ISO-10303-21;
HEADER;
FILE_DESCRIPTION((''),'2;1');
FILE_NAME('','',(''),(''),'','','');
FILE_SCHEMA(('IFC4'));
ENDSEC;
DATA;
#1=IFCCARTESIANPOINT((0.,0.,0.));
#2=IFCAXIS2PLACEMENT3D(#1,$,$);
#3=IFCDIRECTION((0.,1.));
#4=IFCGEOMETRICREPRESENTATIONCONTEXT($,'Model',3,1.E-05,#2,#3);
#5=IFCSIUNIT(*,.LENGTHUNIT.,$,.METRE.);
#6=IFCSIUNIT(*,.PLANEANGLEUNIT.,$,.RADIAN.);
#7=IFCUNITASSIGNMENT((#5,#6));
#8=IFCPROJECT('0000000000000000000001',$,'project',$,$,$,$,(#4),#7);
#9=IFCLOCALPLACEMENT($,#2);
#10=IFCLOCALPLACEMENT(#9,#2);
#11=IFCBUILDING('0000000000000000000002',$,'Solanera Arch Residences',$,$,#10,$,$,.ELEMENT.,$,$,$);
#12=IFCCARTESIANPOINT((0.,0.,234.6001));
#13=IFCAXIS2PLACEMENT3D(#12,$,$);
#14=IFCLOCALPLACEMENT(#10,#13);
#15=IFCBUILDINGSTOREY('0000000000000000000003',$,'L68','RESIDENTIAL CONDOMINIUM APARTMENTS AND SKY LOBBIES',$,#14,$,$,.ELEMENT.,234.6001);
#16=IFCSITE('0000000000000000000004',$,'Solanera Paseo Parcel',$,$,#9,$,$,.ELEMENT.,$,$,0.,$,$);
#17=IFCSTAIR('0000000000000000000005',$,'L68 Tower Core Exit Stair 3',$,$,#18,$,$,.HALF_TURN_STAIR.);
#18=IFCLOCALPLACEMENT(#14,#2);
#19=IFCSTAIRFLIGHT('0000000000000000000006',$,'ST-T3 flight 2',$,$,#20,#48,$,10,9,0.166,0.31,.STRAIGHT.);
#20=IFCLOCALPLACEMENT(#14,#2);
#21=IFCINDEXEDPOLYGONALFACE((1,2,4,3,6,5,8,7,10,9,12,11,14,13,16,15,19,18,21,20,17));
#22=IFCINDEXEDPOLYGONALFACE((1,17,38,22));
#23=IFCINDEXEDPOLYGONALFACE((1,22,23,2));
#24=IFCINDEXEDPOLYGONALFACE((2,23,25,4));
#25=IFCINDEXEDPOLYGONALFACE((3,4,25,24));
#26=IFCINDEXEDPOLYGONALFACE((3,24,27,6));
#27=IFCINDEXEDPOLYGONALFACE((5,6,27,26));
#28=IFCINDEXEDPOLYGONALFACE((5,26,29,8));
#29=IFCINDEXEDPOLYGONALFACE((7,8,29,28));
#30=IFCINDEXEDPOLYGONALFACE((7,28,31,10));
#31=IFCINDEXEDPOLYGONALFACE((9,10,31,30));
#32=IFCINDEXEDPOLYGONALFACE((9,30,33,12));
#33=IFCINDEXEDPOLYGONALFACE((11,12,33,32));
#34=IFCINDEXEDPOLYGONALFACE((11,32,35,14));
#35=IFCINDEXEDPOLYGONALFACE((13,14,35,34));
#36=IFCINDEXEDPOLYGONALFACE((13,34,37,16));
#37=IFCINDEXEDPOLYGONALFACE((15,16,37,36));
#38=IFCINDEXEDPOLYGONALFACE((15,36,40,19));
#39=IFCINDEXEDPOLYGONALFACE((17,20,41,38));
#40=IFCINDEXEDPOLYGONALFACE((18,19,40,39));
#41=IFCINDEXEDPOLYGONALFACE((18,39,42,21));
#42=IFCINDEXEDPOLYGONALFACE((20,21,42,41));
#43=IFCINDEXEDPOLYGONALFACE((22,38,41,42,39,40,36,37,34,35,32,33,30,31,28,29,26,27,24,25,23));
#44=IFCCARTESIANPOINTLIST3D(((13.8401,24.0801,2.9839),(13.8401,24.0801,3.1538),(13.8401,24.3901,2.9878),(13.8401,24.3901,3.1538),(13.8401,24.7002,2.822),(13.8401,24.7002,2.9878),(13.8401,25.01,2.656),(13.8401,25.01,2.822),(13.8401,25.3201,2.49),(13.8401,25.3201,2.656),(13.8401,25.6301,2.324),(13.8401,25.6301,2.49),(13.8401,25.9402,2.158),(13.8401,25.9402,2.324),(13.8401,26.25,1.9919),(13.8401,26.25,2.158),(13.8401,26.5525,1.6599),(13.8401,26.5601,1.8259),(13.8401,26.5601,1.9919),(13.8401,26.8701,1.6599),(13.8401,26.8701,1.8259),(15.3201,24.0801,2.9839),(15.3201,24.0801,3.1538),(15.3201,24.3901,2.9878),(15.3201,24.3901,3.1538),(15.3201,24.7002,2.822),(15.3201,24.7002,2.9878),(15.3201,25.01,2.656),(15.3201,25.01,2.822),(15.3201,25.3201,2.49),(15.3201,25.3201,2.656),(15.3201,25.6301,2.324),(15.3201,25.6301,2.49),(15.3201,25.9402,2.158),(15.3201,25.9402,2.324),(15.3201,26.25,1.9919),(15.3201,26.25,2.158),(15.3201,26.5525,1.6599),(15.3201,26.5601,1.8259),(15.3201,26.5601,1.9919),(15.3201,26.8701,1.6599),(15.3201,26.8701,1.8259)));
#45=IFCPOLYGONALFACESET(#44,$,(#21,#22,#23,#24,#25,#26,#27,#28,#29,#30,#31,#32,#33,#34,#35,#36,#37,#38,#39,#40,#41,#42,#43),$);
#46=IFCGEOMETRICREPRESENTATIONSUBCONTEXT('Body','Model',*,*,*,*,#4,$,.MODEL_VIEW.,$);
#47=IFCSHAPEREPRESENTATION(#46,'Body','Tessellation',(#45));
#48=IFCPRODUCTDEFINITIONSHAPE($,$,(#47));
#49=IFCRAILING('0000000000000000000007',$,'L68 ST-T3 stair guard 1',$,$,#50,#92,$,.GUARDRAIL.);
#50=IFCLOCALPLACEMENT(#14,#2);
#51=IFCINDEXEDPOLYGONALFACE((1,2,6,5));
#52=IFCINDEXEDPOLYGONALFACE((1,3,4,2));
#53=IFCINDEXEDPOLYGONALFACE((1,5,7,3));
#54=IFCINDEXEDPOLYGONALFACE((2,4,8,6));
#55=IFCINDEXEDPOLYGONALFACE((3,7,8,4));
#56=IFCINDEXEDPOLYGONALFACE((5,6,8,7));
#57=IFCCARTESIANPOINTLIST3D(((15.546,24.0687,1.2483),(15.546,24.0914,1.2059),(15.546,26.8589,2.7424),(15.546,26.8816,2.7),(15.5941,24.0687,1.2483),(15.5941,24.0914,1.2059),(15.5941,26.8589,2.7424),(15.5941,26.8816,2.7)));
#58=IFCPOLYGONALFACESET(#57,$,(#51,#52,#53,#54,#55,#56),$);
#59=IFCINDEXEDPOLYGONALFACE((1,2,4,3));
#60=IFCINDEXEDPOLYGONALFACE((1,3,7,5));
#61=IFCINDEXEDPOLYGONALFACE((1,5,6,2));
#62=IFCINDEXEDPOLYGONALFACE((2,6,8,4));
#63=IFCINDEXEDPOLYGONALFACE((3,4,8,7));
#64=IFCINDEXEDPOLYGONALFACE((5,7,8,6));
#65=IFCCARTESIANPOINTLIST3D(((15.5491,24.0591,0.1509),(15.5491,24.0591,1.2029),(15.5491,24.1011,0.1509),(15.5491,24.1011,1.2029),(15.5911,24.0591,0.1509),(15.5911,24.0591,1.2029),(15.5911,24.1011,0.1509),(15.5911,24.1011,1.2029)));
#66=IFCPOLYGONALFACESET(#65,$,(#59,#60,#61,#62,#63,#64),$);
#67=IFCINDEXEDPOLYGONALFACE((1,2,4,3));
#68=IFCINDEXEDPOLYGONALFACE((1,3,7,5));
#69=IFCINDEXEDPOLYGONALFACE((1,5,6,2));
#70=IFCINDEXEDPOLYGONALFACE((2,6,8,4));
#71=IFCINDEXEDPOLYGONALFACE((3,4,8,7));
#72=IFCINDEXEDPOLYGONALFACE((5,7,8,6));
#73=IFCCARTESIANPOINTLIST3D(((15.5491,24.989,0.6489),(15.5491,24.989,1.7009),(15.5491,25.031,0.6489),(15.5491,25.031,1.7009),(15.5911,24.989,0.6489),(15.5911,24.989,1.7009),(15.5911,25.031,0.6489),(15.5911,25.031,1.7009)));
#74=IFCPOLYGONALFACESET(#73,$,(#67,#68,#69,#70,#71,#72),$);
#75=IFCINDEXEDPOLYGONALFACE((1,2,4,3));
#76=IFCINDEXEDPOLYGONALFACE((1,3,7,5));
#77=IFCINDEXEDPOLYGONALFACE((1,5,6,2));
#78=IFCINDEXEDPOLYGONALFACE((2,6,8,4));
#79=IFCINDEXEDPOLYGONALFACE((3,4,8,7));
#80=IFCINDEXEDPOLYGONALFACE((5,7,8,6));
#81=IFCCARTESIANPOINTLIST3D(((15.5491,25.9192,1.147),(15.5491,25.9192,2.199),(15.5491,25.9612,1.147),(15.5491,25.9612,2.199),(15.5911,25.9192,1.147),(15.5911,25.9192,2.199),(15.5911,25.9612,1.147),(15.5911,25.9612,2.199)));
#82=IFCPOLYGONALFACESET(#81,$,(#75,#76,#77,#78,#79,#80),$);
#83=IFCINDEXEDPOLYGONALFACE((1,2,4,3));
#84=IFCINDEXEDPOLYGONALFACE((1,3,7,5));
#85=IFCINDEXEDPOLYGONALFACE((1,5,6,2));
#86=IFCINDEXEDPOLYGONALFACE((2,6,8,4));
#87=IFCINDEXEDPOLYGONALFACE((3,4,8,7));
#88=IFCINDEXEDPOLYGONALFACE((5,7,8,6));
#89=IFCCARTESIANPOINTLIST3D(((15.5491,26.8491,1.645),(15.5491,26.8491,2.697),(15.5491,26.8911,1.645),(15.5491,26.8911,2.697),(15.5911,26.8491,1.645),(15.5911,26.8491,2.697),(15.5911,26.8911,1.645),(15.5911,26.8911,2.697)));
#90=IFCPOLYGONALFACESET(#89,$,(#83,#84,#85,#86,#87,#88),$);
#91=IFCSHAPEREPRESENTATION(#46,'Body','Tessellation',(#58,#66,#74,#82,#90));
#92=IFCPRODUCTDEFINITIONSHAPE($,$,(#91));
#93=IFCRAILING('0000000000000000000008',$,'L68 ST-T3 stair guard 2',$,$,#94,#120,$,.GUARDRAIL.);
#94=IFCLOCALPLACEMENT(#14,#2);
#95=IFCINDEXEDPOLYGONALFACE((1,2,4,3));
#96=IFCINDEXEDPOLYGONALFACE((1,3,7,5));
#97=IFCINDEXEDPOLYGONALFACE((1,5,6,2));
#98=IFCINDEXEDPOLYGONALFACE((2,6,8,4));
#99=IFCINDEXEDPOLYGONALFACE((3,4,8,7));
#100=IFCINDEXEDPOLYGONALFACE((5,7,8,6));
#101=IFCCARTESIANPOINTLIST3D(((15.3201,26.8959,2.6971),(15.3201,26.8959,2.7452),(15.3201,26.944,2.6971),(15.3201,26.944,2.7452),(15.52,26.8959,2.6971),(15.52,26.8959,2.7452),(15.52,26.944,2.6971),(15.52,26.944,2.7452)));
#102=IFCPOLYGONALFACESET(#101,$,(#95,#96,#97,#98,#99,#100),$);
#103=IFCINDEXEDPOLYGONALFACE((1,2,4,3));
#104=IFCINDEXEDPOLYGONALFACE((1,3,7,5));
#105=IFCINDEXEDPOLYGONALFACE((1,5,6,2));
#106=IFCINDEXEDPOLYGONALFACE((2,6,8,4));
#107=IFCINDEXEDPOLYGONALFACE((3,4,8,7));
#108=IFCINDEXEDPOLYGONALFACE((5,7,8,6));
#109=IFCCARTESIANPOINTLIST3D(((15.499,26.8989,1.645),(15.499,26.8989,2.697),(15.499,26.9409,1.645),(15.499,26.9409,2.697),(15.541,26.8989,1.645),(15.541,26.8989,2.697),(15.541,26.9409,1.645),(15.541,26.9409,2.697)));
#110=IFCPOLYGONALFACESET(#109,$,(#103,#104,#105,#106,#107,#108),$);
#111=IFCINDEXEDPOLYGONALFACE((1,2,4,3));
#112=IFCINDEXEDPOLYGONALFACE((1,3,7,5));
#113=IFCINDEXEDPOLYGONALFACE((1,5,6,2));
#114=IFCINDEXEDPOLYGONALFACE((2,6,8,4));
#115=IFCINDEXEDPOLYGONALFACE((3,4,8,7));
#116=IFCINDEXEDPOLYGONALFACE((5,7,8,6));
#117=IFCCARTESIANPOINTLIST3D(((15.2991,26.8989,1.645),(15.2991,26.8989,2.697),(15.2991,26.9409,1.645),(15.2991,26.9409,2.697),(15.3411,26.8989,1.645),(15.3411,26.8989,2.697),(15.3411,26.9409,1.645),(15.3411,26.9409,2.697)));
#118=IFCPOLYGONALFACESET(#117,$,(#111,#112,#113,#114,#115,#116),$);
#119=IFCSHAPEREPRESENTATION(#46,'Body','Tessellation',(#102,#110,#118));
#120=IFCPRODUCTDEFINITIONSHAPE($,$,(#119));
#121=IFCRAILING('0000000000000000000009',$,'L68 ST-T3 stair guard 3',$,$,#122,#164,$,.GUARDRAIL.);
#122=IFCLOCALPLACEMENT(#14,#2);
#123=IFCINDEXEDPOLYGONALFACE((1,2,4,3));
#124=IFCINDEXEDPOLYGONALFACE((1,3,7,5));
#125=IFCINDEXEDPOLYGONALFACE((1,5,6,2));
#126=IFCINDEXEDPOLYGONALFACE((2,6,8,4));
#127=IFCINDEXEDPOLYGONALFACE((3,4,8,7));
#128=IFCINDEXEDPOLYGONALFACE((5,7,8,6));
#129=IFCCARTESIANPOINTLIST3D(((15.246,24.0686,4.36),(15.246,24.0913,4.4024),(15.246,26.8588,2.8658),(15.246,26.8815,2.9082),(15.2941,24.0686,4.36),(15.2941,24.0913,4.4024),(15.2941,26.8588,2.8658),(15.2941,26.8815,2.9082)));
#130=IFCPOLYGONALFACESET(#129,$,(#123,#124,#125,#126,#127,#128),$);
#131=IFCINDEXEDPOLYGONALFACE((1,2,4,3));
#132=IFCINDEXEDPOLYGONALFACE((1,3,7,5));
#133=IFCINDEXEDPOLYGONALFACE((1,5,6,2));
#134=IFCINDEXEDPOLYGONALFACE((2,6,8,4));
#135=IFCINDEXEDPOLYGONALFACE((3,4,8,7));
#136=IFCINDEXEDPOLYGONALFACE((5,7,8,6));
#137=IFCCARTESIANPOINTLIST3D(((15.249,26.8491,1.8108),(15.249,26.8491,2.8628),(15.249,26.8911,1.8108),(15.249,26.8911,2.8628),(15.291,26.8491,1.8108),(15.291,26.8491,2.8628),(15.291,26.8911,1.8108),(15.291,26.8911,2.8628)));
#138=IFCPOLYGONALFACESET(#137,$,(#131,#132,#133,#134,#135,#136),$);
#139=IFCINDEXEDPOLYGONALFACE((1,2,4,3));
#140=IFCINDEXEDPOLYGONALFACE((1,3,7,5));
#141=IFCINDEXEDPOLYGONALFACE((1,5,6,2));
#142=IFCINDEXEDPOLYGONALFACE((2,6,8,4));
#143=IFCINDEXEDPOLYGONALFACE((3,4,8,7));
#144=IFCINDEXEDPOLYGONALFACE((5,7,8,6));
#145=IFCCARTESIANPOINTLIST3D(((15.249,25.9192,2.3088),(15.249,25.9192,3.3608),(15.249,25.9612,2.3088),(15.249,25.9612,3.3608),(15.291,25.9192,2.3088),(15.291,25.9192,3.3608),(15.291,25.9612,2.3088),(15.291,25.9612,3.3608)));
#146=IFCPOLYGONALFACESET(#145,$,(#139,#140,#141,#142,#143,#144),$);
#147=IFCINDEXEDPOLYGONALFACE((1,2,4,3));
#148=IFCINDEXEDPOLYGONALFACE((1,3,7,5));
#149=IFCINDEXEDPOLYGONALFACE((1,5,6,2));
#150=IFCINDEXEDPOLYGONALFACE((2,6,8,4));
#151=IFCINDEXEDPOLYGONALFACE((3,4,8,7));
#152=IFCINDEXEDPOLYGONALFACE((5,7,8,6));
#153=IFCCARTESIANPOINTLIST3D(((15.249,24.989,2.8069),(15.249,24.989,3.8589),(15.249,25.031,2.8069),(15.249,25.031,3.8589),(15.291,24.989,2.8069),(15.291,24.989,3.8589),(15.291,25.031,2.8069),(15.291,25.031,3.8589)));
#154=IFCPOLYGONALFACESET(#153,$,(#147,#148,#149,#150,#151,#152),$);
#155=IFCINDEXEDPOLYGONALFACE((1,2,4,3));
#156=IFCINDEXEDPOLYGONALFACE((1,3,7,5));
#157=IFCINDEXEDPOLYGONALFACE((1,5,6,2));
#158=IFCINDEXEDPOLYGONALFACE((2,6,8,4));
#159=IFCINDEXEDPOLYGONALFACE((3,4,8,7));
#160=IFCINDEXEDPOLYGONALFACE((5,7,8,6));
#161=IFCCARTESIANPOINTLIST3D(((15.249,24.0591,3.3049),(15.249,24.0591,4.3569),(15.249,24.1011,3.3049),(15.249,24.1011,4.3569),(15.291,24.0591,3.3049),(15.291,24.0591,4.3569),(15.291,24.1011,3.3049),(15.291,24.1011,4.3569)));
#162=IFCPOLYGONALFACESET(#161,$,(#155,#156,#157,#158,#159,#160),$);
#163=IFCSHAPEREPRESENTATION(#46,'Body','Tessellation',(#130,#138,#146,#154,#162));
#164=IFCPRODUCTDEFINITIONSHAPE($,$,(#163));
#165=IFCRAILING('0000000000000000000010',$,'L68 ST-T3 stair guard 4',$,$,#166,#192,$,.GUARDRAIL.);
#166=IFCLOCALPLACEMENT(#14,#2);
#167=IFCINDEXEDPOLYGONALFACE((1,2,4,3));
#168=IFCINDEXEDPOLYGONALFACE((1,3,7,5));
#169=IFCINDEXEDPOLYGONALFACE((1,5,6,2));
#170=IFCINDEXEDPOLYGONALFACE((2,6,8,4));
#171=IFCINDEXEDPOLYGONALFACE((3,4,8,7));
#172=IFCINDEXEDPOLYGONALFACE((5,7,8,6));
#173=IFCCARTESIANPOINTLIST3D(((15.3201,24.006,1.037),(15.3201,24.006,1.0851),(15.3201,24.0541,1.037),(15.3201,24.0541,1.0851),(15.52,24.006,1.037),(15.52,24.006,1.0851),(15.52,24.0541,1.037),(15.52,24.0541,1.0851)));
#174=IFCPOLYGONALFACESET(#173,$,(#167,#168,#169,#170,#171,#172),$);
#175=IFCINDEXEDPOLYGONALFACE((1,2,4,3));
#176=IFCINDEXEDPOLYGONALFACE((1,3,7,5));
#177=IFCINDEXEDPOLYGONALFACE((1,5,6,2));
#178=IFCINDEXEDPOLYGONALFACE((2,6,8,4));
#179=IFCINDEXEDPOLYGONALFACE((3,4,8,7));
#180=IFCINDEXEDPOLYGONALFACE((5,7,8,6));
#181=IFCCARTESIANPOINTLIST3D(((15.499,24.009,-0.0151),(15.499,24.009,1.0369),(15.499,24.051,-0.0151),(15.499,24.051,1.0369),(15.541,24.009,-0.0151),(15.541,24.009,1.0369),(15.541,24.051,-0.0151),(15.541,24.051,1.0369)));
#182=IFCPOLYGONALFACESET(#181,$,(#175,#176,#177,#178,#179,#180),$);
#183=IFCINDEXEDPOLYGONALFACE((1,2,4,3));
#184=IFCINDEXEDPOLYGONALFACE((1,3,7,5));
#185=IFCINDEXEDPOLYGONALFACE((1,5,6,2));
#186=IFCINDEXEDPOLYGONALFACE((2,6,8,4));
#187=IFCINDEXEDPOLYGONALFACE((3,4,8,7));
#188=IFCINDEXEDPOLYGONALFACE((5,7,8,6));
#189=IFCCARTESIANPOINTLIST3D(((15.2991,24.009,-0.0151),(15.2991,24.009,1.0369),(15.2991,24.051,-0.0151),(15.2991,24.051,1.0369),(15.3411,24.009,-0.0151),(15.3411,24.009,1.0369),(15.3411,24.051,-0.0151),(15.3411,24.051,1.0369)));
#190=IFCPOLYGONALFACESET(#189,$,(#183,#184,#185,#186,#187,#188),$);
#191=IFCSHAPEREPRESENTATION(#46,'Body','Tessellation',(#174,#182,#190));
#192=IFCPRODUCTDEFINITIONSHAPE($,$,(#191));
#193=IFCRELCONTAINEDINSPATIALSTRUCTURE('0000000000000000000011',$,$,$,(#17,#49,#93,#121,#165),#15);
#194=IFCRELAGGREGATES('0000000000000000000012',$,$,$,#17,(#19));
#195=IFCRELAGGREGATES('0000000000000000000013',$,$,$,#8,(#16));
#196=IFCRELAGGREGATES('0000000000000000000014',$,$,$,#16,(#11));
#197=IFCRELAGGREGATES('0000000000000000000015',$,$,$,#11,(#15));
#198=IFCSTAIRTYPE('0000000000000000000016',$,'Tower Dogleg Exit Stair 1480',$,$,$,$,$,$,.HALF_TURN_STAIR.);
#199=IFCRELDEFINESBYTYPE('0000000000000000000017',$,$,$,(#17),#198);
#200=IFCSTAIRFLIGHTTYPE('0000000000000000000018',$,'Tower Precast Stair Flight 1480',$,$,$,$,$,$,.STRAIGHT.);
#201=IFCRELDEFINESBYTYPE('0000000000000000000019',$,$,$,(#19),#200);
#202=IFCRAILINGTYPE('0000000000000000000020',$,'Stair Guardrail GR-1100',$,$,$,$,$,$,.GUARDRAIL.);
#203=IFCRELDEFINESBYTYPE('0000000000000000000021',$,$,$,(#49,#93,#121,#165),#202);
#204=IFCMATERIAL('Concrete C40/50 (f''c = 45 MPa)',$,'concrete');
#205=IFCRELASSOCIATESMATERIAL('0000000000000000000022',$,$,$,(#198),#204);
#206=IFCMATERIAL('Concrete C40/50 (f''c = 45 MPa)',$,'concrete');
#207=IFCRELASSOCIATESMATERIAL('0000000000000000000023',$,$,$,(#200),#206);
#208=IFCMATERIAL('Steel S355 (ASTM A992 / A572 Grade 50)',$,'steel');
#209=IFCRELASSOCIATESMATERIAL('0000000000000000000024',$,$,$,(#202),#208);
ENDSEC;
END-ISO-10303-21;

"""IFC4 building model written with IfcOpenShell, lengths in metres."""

from ifc_helpers import new_model, si_unit, direction, frame, origin, origin_2d, place, context, subcontext, project, spatial, polyline, rectangle, outline, extrude, material, type_object, element, aggregate, save


model = new_model("IFC4")

# Units and contexts
model_context = context("Model", 3, precision=1e-05, world=origin(), true_north=direction((0.0, 1.0)))
body_context = subcontext(model_context, "Body", "Model", "MODEL_VIEW")
ifc_project = project(units=[si_unit("LENGTHUNIT", "METRE"), si_unit("PLANEANGLEUNIT", "RADIAN")], contexts=[model_context])

# Site, building, storey
site_placement = place(None, origin())
site = spatial("IfcSite", under=ifc_project, at=site_placement, Name="Solanera Paseo Parcel", CompositionType="ELEMENT", RefElevation=0.0)
building_placement = place(site_placement, origin())
building = spatial("IfcBuilding", under=site, at=building_placement, Name="Solanera Arch Residences", CompositionType="ELEMENT")
storey_placement = place(building_placement, frame((0.0, 0.0, 234.6001)))
storey = spatial("IfcBuildingStorey", under=building, at=storey_placement, Name="L68", Description="RESIDENTIAL CONDOMINIUM APARTMENTS AND SKY LOBBIES", CompositionType="ELEMENT", Elevation=234.6001)

# Stair, stair flight
ifc_material_1 = material(Name="Concrete C40/50 (f'c = 45 MPa)", Category="concrete")
stair_type = type_object("IfcStairType", Name="Tower Dogleg Exit Stair 1480", PredefinedType="HALF_TURN_STAIR", material=ifc_material_1)
stair_placement = place(storey_placement, origin())
stair = element("IfcStair", 1, at=stair_placement, inside=storey, type_object=stair_type, Name="L68 Tower Core Exit Stair 3", PredefinedType="HALF_TURN_STAIR")
ifc_material_2 = material(Name="Concrete C40/50 (f'c = 45 MPa)", Category="concrete")
stair_flight_type = type_object("IfcStairFlightType", Name="Tower Precast Stair Flight 1480", PredefinedType="STRAIGHT", material=ifc_material_2)
stair_flight_1_placement = place(storey_placement, frame((14.5801, 26.8701, 1.6599), z_axis=(0.0, 0.0, 1.0), x_axis=(0.0, -1.0, 0.0)))
stair_flight_1 = element("IfcStairFlight", 2, at=stair_flight_1_placement, type_object=stair_flight_type, Name="ST-T3 flight 2", NumberOfRisers=10, NumberOfTreads=9, PredefinedType="STRAIGHT", RiserHeight=0.166, TreadLength=0.31, context=body_context, shape_type="SweptSolid", body=[
    extrude(outline(polyline([(0.0, 0.0), (0.0, 0.166), (0.3101, 0.166), (0.3101, 0.332), (0.6201, 0.332), (0.6201, 0.498), (0.9299, 0.498), (0.9299, 0.6641), (1.24, 0.6641), (1.24, 0.8301), (1.55, 0.8301), (1.55, 0.9961), (1.8601, 0.9961), (1.8601, 1.1621), (2.1699, 1.1621), (2.1699, 1.3279), (2.48, 1.3279), (2.48, 1.4939), (2.79, 1.4939), (2.79, 1.6599), (2.79, 1.324), (0.3176, 0.0), (0.0, 0.0)])), frame((0.0, 0.74, 0.0), z_axis=(0.0, -1.0, 0.0), x_axis=(1.0, 0.0, 0.0)), (0.0, 0.0, 1.0), 1.48),
])
aggregate(stair, [stair_flight_1])

# Railings
ifc_material_3 = material(Name="Steel S355 (ASTM A992 / A572 Grade 50)", Category="steel")
railing_type_1 = type_object("IfcRailingType", Name="Stair Guardrail GR-1100", PredefinedType="GUARDRAIL", material=ifc_material_3)
railing_1_placement = place(storey_placement, frame((15.5701, 24.0801, 0.1509)))
element("IfcRailing", 3, at=railing_1_placement, inside=storey, type_object=railing_type_1, Name="L68 ST-T3 stair guard 1", PredefinedType="GUARDRAIL", context=body_context, shape_type="SweptSolid", body=[
    extrude(rectangle(XDim=0.0481, YDim=0.0481, at=origin_2d()), frame((0.0, 0.0, 1.0762), z_axis=(0.0, 0.881549, 0.472093), x_axis=(-1.0, 0.0, 0.0)), (0.0, 0.0, 1.0), 3.165),
    extrude(rectangle(XDim=0.042, YDim=0.042, at=origin_2d()), origin(), (0.0, 0.0, 1.0), 1.052),
    extrude(rectangle(XDim=0.042, YDim=0.042, at=origin_2d()), frame((0.0, 0.9299, 0.498)), (0.0, 0.0, 1.0), 1.052),
    extrude(rectangle(XDim=0.042, YDim=0.042, at=origin_2d()), frame((0.0, 1.8601, 0.9961)), (0.0, 0.0, 1.0), 1.052),
    extrude(rectangle(XDim=0.042, YDim=0.042, at=origin_2d()), frame((0.0, 2.79, 1.4941)), (0.0, 0.0, 1.0), 1.052),
])
railing_2_placement = place(storey_placement, frame((15.52, 26.9199, 1.645)))
element("IfcRailing", 4, at=railing_2_placement, inside=storey, type_object=railing_type_1, Name="L68 ST-T3 stair guard 2", PredefinedType="GUARDRAIL", context=body_context, shape_type="SweptSolid", body=[
    extrude(rectangle(XDim=0.0481, YDim=0.0481, at=origin_2d()), frame((0.0, 0.0, 1.0762), z_axis=(-1.0, 0.0, 0.0), x_axis=(0.0, -1.0, 0.0)), (0.0, 0.0, 1.0), 0.2),
    extrude(rectangle(XDim=0.042, YDim=0.042, at=origin_2d()), origin(), (0.0, 0.0, 1.0), 1.052),
    extrude(rectangle(XDim=0.042, YDim=0.042, at=origin_2d()), frame((-0.2, 0.0, 0.0)), (0.0, 0.0, 1.0), 1.052),
])
railing_3_placement = place(storey_placement, frame((15.27, 26.8701, 1.8108)))
element("IfcRailing", 5, at=railing_3_placement, inside=storey, type_object=railing_type_1, Name="L68 ST-T3 stair guard 3", PredefinedType="GUARDRAIL", context=body_context, shape_type="SweptSolid", body=[
    extrude(rectangle(XDim=0.0481, YDim=0.0481, at=origin_2d()), frame((0.0, 0.0, 1.0762), z_axis=(0.0, -0.881549, 0.472093), x_axis=(1.0, 0.0, 0.0)), (0.0, 0.0, 1.0), 3.165),
    extrude(rectangle(XDim=0.042, YDim=0.042, at=origin_2d()), origin(), (0.0, 0.0, 1.0), 1.052),
    extrude(rectangle(XDim=0.042, YDim=0.042, at=origin_2d()), frame((0.0, -0.9299, 0.498)), (0.0, 0.0, 1.0), 1.052),
    extrude(rectangle(XDim=0.042, YDim=0.042, at=origin_2d()), frame((0.0, -1.8601, 0.9961)), (0.0, 0.0, 1.0), 1.052),
    extrude(rectangle(XDim=0.042, YDim=0.042, at=origin_2d()), frame((0.0, -2.79, 1.4941)), (0.0, 0.0, 1.0), 1.052),
])
railing_4_placement = place(storey_placement, frame((15.52, 24.03, -0.0151)))
element("IfcRailing", 6, at=railing_4_placement, inside=storey, type_object=railing_type_1, Name="L68 ST-T3 stair guard 4", PredefinedType="GUARDRAIL", context=body_context, shape_type="SweptSolid", body=[
    extrude(rectangle(XDim=0.0481, YDim=0.0481, at=origin_2d()), frame((0.0, 0.0, 1.0762), z_axis=(-1.0, 0.0, 0.0), x_axis=(0.0, -1.0, 0.0)), (0.0, 0.0, 1.0), 0.2),
    extrude(rectangle(XDim=0.042, YDim=0.042, at=origin_2d()), origin(), (0.0, 0.0, 1.0), 1.052),
    extrude(rectangle(XDim=0.042, YDim=0.042, at=origin_2d()), frame((-0.2, 0.0, 0.0)), (0.0, 0.0, 1.0), 1.052),
])

save(model, "model.ifc")
